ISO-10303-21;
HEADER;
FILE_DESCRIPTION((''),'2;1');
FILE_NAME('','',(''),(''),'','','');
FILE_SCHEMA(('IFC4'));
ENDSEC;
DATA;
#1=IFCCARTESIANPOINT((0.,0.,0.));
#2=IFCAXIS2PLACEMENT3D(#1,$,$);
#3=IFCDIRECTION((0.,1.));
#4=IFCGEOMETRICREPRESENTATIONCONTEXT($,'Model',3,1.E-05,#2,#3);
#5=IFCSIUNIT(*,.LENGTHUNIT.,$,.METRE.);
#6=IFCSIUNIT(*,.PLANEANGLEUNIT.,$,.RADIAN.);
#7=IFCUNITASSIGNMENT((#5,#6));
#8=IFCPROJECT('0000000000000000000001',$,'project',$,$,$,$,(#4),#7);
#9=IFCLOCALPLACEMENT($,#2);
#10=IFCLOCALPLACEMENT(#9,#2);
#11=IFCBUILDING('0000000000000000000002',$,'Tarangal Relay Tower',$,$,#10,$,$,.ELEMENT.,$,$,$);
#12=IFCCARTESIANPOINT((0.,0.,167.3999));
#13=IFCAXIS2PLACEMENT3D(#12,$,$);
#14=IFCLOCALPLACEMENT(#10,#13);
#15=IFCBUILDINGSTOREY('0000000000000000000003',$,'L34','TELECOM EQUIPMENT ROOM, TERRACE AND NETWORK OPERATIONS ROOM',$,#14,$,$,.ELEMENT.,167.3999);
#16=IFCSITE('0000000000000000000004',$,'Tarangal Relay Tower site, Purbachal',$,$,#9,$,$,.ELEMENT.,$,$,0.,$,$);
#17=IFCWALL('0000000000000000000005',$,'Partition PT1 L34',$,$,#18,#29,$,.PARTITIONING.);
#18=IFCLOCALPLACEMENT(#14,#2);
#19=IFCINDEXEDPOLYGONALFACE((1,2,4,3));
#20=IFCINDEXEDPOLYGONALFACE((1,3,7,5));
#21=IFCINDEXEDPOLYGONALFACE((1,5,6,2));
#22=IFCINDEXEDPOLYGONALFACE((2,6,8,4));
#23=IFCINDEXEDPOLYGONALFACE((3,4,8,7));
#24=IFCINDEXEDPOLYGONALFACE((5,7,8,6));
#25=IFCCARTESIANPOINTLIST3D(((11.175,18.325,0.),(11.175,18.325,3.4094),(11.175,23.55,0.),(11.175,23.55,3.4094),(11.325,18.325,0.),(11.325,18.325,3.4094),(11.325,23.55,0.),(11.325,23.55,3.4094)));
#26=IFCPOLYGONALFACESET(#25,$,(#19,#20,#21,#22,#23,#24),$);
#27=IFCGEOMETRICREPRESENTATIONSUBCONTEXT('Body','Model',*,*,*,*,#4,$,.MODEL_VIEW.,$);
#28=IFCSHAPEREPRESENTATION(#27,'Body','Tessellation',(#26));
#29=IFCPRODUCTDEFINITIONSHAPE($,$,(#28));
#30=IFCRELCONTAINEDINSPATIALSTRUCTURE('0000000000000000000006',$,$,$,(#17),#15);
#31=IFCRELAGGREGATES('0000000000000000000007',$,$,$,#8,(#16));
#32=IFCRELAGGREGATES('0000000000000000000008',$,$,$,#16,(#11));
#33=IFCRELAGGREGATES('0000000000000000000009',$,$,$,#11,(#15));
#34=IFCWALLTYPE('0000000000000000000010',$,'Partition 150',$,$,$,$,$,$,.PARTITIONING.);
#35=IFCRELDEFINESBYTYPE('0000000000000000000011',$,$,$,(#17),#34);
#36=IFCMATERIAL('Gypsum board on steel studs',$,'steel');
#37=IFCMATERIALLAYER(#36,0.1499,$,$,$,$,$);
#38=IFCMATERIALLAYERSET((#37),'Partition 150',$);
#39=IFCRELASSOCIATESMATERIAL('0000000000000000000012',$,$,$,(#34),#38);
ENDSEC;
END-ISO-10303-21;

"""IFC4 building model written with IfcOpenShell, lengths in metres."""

from ifc_helpers import new_model, si_unit, direction, frame, frame_2d, origin, place, context, subcontext, project, spatial, rectangle, extrude, material, layer, layer_set, type_object, element, save


model = new_model("IFC4")

# Units and contexts
model_context = context("Model", 3, precision=1e-05, world=origin(), true_north=direction((0.0, 1.0)))
body_context = subcontext(model_context, "Body", "Model", "MODEL_VIEW")
ifc_project = project(units=[si_unit("LENGTHUNIT", "METRE"), si_unit("PLANEANGLEUNIT", "RADIAN")], contexts=[model_context])

# Site, building, storey
site_placement = place(None, origin())
site = spatial("IfcSite", under=ifc_project, at=site_placement, Name="Tarangal Relay Tower site, Purbachal", CompositionType="ELEMENT", RefElevation=0.0)
building_placement = place(site_placement, origin())
building = spatial("IfcBuilding", under=site, at=building_placement, Name="Tarangal Relay Tower", CompositionType="ELEMENT")
storey_placement = place(building_placement, frame((0.0, 0.0, 167.3999)))
storey = spatial("IfcBuildingStorey", under=building, at=storey_placement, Name="L34", Description="TELECOM EQUIPMENT ROOM, TERRACE AND NETWORK OPERATIONS ROOM", CompositionType="ELEMENT", Elevation=167.3999)

# Wall
ifc_material_1 = material(Name="Gypsum board on steel studs", Category="steel")
ifc_layer_1 = layer(ifc_material_1, 0.1499)
ifc_layer_set_1 = layer_set([ifc_layer_1], Name="Partition 150")
wall_type_1 = type_object("IfcWallType", Name="Partition 150", PredefinedType="PARTITIONING", material=ifc_layer_set_1)
wall_1_placement = place(storey_placement, frame((11.25, 18.325, 0.0), z_axis=(0.0, 0.0, 1.0), x_axis=(0.0, 1.0, 0.0)))
element("IfcWall", 1, at=wall_1_placement, inside=storey, type_object=wall_type_1, Name="Partition PT1 L34", PredefinedType="PARTITIONING", context=body_context, shape_type="SweptSolid", body=[
    extrude(rectangle(XDim=5.2251, YDim=0.1499, at=frame_2d((2.6125, 0.0))), origin(), (0.0, 0.0, 1.0), 3.4094),
])

save(model, "model.ifc")
